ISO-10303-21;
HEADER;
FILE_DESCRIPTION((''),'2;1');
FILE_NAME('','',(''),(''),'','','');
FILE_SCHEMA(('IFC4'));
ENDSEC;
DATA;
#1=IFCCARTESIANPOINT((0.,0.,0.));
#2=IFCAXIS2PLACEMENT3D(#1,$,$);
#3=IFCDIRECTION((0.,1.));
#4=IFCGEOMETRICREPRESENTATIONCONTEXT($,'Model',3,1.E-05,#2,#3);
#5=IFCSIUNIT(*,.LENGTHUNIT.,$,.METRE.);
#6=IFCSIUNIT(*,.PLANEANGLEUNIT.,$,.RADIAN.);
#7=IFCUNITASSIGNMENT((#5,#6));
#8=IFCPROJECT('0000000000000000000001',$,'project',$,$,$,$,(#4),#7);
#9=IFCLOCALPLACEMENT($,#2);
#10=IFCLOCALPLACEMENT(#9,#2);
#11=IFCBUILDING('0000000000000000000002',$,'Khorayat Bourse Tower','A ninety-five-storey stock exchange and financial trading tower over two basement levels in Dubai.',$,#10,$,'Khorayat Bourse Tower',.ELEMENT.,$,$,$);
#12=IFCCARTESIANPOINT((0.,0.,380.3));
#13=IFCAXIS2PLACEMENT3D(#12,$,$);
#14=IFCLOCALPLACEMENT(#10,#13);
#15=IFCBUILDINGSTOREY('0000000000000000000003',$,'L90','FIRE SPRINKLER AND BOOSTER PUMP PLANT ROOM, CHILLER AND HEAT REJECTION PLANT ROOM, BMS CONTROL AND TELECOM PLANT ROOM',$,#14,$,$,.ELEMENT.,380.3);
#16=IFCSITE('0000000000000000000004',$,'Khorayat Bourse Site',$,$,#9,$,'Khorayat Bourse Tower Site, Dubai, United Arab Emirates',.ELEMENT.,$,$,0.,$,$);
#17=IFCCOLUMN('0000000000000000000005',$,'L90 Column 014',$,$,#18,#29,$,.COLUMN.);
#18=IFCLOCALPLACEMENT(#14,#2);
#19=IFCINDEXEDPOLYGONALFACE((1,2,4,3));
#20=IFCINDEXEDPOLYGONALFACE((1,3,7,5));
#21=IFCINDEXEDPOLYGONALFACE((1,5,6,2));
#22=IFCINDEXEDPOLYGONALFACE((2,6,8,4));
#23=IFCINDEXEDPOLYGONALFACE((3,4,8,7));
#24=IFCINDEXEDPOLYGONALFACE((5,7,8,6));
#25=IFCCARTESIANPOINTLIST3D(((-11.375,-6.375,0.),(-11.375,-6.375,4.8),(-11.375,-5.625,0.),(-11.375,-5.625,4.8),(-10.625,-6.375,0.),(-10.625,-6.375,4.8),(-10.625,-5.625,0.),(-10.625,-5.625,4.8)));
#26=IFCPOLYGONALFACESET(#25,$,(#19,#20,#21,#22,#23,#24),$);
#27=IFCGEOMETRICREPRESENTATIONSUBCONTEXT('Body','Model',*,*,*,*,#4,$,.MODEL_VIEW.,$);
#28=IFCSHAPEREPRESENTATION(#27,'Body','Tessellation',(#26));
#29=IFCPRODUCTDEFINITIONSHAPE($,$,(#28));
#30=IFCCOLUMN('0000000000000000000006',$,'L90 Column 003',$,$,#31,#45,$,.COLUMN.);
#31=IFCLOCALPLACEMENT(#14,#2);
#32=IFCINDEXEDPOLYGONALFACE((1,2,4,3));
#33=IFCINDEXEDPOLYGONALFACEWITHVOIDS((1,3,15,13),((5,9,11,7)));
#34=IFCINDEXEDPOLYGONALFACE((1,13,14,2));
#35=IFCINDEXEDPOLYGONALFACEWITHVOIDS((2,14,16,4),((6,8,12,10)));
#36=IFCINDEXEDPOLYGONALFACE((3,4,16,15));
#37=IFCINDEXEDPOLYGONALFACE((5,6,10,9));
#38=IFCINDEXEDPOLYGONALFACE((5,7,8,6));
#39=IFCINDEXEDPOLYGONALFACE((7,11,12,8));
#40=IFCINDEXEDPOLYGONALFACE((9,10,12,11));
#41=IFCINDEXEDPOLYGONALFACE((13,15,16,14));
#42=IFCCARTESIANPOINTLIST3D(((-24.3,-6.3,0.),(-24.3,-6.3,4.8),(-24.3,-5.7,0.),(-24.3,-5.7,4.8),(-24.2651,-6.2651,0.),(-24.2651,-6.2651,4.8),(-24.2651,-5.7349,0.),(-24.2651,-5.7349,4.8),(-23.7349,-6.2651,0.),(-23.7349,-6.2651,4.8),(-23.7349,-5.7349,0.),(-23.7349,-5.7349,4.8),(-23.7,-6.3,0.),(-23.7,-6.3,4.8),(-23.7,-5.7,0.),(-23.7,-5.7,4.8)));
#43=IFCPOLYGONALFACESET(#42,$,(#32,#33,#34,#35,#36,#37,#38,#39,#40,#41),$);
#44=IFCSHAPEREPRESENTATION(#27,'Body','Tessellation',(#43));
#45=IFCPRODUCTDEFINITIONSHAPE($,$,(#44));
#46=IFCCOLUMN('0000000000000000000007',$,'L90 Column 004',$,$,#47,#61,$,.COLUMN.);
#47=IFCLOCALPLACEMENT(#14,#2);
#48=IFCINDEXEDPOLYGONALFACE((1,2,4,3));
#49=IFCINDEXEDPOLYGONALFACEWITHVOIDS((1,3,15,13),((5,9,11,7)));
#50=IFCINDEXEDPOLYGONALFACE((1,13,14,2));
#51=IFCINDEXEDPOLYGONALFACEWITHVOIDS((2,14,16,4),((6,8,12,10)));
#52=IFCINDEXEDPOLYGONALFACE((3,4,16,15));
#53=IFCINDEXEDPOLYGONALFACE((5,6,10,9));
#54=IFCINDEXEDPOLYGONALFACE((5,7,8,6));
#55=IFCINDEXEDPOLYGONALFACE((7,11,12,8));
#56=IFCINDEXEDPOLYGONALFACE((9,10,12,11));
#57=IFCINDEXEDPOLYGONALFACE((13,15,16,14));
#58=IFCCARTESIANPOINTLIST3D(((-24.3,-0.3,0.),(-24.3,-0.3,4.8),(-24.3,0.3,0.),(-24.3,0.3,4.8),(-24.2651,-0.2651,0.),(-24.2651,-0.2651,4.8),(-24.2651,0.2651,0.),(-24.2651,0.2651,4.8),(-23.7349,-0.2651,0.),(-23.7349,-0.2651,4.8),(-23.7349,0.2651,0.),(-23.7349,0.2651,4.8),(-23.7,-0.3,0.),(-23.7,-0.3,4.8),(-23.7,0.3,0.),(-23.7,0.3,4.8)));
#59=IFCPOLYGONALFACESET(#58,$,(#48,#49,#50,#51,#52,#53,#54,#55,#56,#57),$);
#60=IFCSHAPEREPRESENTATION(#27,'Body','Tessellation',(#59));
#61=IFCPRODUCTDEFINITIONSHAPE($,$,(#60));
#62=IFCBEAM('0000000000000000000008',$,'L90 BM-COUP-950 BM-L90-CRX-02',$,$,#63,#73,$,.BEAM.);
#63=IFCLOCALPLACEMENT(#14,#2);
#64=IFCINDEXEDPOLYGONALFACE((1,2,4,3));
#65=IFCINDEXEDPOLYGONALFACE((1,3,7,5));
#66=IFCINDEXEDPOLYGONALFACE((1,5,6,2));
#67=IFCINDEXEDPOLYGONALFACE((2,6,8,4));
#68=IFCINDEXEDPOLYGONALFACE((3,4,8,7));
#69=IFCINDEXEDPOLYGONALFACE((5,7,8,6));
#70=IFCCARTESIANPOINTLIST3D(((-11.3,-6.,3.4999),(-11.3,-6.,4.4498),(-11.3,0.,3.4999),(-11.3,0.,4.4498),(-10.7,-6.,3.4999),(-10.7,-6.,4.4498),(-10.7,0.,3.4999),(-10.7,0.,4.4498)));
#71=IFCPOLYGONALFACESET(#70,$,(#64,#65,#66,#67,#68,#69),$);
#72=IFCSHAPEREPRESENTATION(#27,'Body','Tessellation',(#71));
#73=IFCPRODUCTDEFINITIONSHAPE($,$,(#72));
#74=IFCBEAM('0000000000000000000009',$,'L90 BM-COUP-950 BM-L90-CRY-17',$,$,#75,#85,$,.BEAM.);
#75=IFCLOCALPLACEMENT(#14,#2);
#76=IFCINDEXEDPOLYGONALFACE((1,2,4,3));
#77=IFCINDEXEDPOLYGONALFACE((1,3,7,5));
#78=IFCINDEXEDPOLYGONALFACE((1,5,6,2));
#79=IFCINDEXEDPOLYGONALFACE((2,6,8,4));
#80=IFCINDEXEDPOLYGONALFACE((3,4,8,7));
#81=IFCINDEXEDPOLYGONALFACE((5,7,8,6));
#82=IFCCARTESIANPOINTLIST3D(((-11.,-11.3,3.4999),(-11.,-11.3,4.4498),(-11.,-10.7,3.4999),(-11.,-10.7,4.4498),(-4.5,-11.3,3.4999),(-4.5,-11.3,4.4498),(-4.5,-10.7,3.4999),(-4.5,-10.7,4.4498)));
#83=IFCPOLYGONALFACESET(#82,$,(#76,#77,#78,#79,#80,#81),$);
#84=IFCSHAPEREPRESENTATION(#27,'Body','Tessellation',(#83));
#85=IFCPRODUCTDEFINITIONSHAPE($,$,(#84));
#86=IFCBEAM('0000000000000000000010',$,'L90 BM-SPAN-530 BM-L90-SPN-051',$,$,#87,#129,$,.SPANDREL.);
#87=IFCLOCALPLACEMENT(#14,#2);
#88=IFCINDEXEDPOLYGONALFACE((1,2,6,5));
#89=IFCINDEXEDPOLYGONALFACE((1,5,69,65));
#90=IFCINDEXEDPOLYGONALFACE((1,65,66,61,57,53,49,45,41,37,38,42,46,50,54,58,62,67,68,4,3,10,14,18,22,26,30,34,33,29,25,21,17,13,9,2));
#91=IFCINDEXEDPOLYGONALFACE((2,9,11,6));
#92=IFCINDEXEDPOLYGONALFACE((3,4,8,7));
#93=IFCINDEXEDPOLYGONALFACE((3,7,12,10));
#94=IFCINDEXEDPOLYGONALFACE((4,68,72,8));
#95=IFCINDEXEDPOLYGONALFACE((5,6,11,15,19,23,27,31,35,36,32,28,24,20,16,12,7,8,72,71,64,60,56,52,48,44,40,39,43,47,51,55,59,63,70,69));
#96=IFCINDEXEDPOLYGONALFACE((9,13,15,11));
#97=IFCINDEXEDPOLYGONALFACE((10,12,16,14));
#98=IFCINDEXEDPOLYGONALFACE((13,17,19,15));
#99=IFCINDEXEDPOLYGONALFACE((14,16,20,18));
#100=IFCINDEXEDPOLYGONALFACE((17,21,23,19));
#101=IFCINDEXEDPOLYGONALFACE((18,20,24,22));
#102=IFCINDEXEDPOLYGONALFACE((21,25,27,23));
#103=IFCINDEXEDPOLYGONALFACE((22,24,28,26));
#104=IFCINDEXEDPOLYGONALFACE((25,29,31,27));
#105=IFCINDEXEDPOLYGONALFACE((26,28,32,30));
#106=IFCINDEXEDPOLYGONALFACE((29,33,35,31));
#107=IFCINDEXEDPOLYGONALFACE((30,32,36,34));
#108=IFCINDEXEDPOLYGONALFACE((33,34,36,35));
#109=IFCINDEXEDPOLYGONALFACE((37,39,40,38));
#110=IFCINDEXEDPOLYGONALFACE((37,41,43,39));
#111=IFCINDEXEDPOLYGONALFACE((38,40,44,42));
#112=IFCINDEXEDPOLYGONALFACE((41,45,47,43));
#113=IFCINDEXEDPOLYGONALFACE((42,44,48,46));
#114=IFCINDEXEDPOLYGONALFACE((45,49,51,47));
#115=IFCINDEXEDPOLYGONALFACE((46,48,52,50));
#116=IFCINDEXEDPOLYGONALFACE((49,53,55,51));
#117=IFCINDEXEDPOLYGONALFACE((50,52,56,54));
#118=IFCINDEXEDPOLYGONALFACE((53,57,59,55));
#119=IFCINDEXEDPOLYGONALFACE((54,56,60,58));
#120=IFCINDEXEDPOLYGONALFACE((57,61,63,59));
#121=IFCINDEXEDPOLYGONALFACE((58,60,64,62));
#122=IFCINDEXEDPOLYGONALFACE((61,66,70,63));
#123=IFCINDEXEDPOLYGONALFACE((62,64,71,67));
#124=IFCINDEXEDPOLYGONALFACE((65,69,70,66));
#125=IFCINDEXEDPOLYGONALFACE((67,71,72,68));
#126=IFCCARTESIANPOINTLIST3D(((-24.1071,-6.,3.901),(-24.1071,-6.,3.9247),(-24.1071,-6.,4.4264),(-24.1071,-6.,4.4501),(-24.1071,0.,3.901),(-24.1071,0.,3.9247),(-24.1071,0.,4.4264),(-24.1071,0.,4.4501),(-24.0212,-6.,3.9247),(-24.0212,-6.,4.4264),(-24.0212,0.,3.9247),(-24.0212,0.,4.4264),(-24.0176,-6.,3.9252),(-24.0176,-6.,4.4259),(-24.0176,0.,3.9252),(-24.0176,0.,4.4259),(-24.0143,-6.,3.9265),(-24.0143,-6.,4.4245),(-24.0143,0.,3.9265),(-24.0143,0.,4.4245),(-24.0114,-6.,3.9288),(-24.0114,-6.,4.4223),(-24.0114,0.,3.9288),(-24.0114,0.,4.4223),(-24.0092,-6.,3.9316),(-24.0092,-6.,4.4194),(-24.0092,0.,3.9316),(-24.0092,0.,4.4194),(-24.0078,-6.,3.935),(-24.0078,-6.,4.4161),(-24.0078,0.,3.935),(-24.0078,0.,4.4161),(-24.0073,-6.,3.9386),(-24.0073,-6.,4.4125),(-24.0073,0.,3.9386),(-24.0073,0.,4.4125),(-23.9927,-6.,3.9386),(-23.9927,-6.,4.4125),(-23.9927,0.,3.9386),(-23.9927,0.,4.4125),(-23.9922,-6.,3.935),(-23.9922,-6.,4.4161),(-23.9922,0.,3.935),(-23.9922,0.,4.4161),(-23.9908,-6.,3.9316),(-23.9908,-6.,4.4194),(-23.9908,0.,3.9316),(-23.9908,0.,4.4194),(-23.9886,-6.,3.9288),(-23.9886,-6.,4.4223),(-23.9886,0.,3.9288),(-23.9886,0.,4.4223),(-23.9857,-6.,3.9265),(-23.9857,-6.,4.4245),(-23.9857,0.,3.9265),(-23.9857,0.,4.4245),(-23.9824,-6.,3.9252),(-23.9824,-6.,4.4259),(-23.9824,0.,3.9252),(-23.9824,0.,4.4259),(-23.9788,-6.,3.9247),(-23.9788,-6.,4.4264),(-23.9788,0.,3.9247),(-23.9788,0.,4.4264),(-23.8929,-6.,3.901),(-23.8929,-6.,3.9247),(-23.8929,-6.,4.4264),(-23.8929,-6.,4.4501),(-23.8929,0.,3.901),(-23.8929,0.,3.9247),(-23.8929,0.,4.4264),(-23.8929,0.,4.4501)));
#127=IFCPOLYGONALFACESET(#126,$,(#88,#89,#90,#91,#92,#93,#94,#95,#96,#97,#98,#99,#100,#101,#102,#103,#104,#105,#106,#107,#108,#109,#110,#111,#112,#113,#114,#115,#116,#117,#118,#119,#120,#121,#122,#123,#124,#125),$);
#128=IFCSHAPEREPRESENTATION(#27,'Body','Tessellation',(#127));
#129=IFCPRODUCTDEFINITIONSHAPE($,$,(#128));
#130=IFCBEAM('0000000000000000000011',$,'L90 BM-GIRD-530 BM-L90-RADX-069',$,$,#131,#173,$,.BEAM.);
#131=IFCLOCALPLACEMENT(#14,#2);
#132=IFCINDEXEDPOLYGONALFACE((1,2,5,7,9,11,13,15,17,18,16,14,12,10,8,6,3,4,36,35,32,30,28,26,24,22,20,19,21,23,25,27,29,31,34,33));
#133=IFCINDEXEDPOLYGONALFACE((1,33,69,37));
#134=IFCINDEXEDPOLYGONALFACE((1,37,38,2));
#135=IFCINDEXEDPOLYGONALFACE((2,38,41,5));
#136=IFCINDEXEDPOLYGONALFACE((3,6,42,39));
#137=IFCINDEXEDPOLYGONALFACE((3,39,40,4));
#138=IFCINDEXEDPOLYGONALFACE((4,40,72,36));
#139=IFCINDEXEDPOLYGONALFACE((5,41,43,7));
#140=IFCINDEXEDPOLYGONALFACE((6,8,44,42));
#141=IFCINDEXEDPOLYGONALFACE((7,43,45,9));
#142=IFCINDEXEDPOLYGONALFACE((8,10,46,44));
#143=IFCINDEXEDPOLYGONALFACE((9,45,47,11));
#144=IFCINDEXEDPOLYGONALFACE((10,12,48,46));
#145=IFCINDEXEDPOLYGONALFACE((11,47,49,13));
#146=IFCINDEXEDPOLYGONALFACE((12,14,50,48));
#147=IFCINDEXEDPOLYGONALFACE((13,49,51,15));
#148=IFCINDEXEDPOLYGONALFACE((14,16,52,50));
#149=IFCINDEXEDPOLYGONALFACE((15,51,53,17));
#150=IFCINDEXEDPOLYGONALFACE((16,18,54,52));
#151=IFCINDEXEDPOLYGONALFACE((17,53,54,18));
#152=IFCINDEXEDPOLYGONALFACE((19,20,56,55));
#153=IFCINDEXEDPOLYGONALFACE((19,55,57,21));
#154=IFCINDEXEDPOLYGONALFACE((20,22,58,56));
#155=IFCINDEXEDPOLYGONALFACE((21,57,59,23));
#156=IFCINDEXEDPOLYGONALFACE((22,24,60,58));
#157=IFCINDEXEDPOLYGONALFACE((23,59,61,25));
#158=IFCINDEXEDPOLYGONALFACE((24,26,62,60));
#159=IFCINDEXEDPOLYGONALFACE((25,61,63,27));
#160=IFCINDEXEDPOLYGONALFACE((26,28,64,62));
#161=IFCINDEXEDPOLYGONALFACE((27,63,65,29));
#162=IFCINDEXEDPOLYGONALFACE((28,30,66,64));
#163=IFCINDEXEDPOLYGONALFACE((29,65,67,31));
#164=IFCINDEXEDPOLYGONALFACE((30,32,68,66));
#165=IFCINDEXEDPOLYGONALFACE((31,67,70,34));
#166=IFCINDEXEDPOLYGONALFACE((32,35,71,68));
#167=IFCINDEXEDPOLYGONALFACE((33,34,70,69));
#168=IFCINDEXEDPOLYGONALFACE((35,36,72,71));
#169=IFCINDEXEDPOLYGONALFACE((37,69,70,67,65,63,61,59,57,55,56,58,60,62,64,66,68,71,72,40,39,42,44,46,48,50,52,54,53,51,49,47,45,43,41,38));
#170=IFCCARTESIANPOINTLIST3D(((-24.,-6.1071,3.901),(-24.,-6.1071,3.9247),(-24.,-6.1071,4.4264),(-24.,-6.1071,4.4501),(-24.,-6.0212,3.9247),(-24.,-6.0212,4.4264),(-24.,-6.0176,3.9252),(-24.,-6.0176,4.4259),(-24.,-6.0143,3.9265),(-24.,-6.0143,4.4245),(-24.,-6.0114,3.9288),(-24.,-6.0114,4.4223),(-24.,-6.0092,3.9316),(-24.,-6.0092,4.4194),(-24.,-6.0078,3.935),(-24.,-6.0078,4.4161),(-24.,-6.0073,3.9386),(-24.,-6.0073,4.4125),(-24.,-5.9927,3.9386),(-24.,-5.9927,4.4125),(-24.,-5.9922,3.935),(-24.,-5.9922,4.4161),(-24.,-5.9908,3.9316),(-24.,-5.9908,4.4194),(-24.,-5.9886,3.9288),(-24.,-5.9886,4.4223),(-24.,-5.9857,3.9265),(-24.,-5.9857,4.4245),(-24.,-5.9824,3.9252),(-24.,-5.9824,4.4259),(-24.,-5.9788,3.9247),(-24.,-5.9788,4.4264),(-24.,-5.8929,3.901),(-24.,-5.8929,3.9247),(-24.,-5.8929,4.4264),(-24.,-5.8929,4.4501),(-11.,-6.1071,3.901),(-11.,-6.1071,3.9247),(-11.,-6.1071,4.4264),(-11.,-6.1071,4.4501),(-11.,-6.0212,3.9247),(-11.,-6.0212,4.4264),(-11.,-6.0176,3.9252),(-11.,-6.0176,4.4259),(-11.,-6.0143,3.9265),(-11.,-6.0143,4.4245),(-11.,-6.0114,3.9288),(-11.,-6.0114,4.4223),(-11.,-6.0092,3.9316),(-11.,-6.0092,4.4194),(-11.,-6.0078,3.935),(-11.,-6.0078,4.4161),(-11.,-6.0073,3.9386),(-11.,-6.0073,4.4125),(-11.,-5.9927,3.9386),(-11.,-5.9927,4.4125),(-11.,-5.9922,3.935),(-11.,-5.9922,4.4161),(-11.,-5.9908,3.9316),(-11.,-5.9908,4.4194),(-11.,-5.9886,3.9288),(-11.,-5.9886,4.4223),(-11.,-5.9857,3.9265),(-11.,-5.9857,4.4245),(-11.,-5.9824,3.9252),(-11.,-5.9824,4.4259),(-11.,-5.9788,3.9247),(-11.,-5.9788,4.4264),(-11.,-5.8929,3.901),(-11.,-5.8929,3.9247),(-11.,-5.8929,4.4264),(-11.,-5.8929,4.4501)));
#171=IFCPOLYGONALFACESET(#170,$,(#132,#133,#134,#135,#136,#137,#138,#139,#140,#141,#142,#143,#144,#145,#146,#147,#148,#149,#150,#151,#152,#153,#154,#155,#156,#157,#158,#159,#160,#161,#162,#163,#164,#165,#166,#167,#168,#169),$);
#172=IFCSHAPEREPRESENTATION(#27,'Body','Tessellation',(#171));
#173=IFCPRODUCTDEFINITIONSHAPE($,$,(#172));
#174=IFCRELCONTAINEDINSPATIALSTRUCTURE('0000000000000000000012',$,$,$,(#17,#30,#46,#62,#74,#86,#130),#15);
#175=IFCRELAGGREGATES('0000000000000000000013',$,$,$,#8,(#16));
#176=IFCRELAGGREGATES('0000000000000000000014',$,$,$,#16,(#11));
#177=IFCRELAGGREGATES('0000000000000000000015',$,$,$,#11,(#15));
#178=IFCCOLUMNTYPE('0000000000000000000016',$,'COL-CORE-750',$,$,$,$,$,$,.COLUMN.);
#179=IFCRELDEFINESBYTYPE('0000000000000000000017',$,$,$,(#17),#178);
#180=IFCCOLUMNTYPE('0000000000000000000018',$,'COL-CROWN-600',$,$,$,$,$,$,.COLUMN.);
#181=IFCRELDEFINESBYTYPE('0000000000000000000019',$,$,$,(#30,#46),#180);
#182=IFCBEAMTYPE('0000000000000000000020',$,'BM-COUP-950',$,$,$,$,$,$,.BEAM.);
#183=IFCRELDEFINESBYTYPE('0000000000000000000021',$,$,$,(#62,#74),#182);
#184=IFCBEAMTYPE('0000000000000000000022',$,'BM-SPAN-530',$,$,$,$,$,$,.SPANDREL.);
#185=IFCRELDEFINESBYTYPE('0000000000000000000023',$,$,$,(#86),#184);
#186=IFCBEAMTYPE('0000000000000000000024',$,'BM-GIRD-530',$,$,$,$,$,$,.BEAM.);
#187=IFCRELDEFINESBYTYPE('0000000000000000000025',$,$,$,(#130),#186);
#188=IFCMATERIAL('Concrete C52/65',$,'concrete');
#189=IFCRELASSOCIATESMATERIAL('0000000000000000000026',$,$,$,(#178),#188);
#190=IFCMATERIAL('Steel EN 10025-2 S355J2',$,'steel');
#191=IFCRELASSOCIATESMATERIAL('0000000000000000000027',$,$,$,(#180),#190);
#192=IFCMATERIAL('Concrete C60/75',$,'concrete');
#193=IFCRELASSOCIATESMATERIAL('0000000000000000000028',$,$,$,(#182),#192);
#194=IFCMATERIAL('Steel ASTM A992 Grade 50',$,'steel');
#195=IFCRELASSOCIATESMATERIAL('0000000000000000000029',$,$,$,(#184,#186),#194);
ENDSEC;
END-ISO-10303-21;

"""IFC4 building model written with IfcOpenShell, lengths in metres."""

from ifc_helpers import new_model, si_unit, direction, frame, origin, origin_2d, place, context, subcontext, project, spatial, rectangle, hollow_rectangle, i_section, extrude, source, transform, mapped, material, material_profile, profile_set, type_object, element, save


model = new_model("IFC4")

# Units and contexts
model_context = context("Model", 3, precision=1e-05, world=origin(), true_north=direction((0.0, 1.0)))
body_context = subcontext(model_context, "Body", "Model", "MODEL_VIEW")
ifc_project = project(units=[si_unit("LENGTHUNIT", "METRE"), si_unit("PLANEANGLEUNIT", "RADIAN")], contexts=[model_context])

# Site, building, storey
site_placement = place(None, origin())
site = spatial("IfcSite", under=ifc_project, at=site_placement, Name="Khorayat Bourse Site", LongName="Khorayat Bourse Tower Site, Dubai, United Arab Emirates", CompositionType="ELEMENT", RefElevation=0.0)
building_placement = place(site_placement, origin())
building = spatial("IfcBuilding", under=site, at=building_placement, Name="Khorayat Bourse Tower", Description="A ninety-five-storey stock exchange and financial trading tower over two basement levels in Dubai.", LongName="Khorayat Bourse Tower", CompositionType="ELEMENT")
storey_placement = place(building_placement, frame((0.0, 0.0, 380.3)))
storey = spatial("IfcBuildingStorey", under=building, at=storey_placement, Name="L90", Description="FIRE SPRINKLER AND BOOSTER PUMP PLANT ROOM, CHILLER AND HEAT REJECTION PLANT ROOM, BMS CONTROL AND TELECOM PLANT ROOM", CompositionType="ELEMENT", Elevation=380.3)

# Columns
ifc_material_1 = material(Name="Concrete C52/65", Category="concrete")
ifc_material_profile_1 = material_profile(ifc_material_1, rectangle(XDim=0.75, YDim=0.75, at=origin_2d()), Name="RC 750x750")
ifc_profile_set_1 = profile_set([ifc_material_profile_1], Name="Concrete C52/65")
column_type_1 = type_object("IfcColumnType", Name="COL-CORE-750", PredefinedType="COLUMN", material=ifc_profile_set_1)
shared_shape_1 = source(origin(), body_context, "Body", "SweptSolid", [
    extrude(rectangle(XDim=0.75, YDim=0.75, at=origin_2d()), origin(), (0.0, 0.0, 1.0), 4.8),
])
column_placement = place(storey_placement, frame((-11.0, -6.0, 0.0), z_axis=(0.0, 0.0, 1.0), x_axis=(1.0, 0.0, 0.0)))
element("IfcColumn", 1, at=column_placement, inside=storey, type_object=column_type_1, Name="L90 Column 014", PredefinedType="COLUMN", context=body_context, shape_type="MappedRepresentation", body=[
    mapped(shared_shape_1, transform((0.0, 0.0, 0.0), scale=1.0)),
])
ifc_material_2 = material(Name="Steel EN 10025-2 S355J2", Category="steel")
ifc_material_profile_2 = material_profile(ifc_material_2, hollow_rectangle(XDim=0.6001, YDim=0.6001, WallThickness=0.0349, at=origin_2d()), Name="BOX 600x600x35")
ifc_profile_set_2 = profile_set([ifc_material_profile_2], Name="Steel EN 10025-2 S355J2")
column_type_2 = type_object("IfcColumnType", Name="COL-CROWN-600", PredefinedType="COLUMN", material=ifc_profile_set_2)
shared_shape_2 = source(origin(), body_context, "Body", "SweptSolid", [
    extrude(hollow_rectangle(XDim=0.6001, YDim=0.6001, WallThickness=0.0349, at=origin_2d()), origin(), (0.0, 0.0, 1.0), 4.8),
])
for number, where, z_axis, x_axis, name in (
    (2, (-24.0, -6.0, 0.0), (0.0, 0.0, 1.0), (1.0, 0.0, 0.0), "L90 Column 003"),
    (3, (-24.0, 0.0, 0.0), (0.0, 0.0, 1.0), (1.0, 0.0, 0.0), "L90 Column 004"),
):
    element("IfcColumn", number, at=place(storey_placement, frame(where, z_axis=z_axis, x_axis=x_axis)), inside=storey, type_object=column_type_2, Name=name, PredefinedType="COLUMN", context=body_context, shape_type="MappedRepresentation", body=[
        mapped(shared_shape_2, transform((0.0, 0.0, 0.0), scale=1.0)),
    ])

# Beams
ifc_material_3 = material(Name="Concrete C60/75", Category="concrete")
ifc_material_profile_3 = material_profile(ifc_material_3, rectangle(XDim=0.6001, YDim=0.95, at=origin_2d()), Name="RC 600x950")
ifc_profile_set_3 = profile_set([ifc_material_profile_3], Name="Concrete C60/75")
beam_type_1 = type_object("IfcBeamType", Name="BM-COUP-950", PredefinedType="BEAM", material=ifc_profile_set_3)
shared_shape_3 = source(origin(), body_context, "Body", "SweptSolid", [
    extrude(rectangle(XDim=0.6001, YDim=0.95, at=origin_2d()), origin(), (0.0, 0.0, 1.0), 6.0),
])
beam_1_placement = place(storey_placement, frame((-11.0, -6.0, 3.9749), z_axis=(0.0, 1.0, 0.0), x_axis=(-1.0, 0.0, 0.0)))
element("IfcBeam", 4, at=beam_1_placement, inside=storey, type_object=beam_type_1, Name="L90 BM-COUP-950 BM-L90-CRX-02", PredefinedType="BEAM", context=body_context, shape_type="MappedRepresentation", body=[
    mapped(shared_shape_3, transform((0.0, 0.0, 0.0), scale=1.0)),
])
shared_shape_4 = source(origin(), body_context, "Body", "SweptSolid", [
    extrude(rectangle(XDim=0.6001, YDim=0.95, at=origin_2d()), origin(), (0.0, 0.0, 1.0), 6.5),
])
beam_2_placement = place(storey_placement, frame((-11.0, -11.0, 3.9749), z_axis=(1.0, 0.0, 0.0), x_axis=(0.0, 1.0, 0.0)))
element("IfcBeam", 5, at=beam_2_placement, inside=storey, type_object=beam_type_1, Name="L90 BM-COUP-950 BM-L90-CRY-17", PredefinedType="BEAM", context=body_context, shape_type="MappedRepresentation", body=[
    mapped(shared_shape_4, transform((0.0, 0.0, 0.0), scale=1.0)),
])
ifc_material_4 = material(Name="Steel ASTM A992 Grade 50", Category="steel")
ifc_material_profile_4 = material_profile(ifc_material_4, i_section(OverallWidth=0.2141, OverallDepth=0.5491, WebThickness=0.0146, FlangeThickness=0.0237, FilletRadius=0.0139, at=origin_2d()), Name="W530X138")
ifc_profile_set_4 = profile_set([ifc_material_profile_4], Name="Steel ASTM A992 Grade 50")
beam_type_2 = type_object("IfcBeamType", Name="BM-SPAN-530", PredefinedType="SPANDREL", material=ifc_profile_set_4)
shared_shape_5 = source(origin(), body_context, "Body", "SweptSolid", [
    extrude(i_section(OverallWidth=0.2141, OverallDepth=0.5491, WebThickness=0.0146, FlangeThickness=0.0237, FilletRadius=0.0139, at=origin_2d()), origin(), (0.0, 0.0, 1.0), 6.0),
])
beam_3_placement = place(storey_placement, frame((-24.0, -6.0, 4.1755), z_axis=(0.0, 1.0, 0.0), x_axis=(-1.0, 0.0, 0.0)))
element("IfcBeam", 6, at=beam_3_placement, inside=storey, type_object=beam_type_2, Name="L90 BM-SPAN-530 BM-L90-SPN-051", PredefinedType="SPANDREL", context=body_context, shape_type="MappedRepresentation", body=[
    mapped(shared_shape_5, transform((0.0, 0.0, 0.0), scale=1.0)),
])
ifc_material_profile_5 = material_profile(ifc_material_4, i_section(OverallWidth=0.2141, OverallDepth=0.5491, WebThickness=0.0146, FlangeThickness=0.0237, FilletRadius=0.0139, at=origin_2d()), Name="W530X138")
ifc_profile_set_5 = profile_set([ifc_material_profile_5], Name="Steel ASTM A992 Grade 50")
beam_type_3 = type_object("IfcBeamType", Name="BM-GIRD-530", PredefinedType="BEAM", material=ifc_profile_set_5)
shared_shape_6 = source(origin(), body_context, "Body", "SweptSolid", [
    extrude(i_section(OverallWidth=0.2141, OverallDepth=0.5491, WebThickness=0.0146, FlangeThickness=0.0237, FilletRadius=0.0139, at=origin_2d()), origin(), (0.0, 0.0, 1.0), 13.0),
])
beam_4_placement = place(storey_placement, frame((-24.0, -6.0, 4.1755), z_axis=(1.0, 0.0, 0.0), x_axis=(0.0, 1.0, 0.0)))
element("IfcBeam", 7, at=beam_4_placement, inside=storey, type_object=beam_type_3, Name="L90 BM-GIRD-530 BM-L90-RADX-069", PredefinedType="BEAM", context=body_context, shape_type="MappedRepresentation", body=[
    mapped(shared_shape_6, transform((0.0, 0.0, 0.0), scale=1.0)),
])

save(model, "model.ifc")
